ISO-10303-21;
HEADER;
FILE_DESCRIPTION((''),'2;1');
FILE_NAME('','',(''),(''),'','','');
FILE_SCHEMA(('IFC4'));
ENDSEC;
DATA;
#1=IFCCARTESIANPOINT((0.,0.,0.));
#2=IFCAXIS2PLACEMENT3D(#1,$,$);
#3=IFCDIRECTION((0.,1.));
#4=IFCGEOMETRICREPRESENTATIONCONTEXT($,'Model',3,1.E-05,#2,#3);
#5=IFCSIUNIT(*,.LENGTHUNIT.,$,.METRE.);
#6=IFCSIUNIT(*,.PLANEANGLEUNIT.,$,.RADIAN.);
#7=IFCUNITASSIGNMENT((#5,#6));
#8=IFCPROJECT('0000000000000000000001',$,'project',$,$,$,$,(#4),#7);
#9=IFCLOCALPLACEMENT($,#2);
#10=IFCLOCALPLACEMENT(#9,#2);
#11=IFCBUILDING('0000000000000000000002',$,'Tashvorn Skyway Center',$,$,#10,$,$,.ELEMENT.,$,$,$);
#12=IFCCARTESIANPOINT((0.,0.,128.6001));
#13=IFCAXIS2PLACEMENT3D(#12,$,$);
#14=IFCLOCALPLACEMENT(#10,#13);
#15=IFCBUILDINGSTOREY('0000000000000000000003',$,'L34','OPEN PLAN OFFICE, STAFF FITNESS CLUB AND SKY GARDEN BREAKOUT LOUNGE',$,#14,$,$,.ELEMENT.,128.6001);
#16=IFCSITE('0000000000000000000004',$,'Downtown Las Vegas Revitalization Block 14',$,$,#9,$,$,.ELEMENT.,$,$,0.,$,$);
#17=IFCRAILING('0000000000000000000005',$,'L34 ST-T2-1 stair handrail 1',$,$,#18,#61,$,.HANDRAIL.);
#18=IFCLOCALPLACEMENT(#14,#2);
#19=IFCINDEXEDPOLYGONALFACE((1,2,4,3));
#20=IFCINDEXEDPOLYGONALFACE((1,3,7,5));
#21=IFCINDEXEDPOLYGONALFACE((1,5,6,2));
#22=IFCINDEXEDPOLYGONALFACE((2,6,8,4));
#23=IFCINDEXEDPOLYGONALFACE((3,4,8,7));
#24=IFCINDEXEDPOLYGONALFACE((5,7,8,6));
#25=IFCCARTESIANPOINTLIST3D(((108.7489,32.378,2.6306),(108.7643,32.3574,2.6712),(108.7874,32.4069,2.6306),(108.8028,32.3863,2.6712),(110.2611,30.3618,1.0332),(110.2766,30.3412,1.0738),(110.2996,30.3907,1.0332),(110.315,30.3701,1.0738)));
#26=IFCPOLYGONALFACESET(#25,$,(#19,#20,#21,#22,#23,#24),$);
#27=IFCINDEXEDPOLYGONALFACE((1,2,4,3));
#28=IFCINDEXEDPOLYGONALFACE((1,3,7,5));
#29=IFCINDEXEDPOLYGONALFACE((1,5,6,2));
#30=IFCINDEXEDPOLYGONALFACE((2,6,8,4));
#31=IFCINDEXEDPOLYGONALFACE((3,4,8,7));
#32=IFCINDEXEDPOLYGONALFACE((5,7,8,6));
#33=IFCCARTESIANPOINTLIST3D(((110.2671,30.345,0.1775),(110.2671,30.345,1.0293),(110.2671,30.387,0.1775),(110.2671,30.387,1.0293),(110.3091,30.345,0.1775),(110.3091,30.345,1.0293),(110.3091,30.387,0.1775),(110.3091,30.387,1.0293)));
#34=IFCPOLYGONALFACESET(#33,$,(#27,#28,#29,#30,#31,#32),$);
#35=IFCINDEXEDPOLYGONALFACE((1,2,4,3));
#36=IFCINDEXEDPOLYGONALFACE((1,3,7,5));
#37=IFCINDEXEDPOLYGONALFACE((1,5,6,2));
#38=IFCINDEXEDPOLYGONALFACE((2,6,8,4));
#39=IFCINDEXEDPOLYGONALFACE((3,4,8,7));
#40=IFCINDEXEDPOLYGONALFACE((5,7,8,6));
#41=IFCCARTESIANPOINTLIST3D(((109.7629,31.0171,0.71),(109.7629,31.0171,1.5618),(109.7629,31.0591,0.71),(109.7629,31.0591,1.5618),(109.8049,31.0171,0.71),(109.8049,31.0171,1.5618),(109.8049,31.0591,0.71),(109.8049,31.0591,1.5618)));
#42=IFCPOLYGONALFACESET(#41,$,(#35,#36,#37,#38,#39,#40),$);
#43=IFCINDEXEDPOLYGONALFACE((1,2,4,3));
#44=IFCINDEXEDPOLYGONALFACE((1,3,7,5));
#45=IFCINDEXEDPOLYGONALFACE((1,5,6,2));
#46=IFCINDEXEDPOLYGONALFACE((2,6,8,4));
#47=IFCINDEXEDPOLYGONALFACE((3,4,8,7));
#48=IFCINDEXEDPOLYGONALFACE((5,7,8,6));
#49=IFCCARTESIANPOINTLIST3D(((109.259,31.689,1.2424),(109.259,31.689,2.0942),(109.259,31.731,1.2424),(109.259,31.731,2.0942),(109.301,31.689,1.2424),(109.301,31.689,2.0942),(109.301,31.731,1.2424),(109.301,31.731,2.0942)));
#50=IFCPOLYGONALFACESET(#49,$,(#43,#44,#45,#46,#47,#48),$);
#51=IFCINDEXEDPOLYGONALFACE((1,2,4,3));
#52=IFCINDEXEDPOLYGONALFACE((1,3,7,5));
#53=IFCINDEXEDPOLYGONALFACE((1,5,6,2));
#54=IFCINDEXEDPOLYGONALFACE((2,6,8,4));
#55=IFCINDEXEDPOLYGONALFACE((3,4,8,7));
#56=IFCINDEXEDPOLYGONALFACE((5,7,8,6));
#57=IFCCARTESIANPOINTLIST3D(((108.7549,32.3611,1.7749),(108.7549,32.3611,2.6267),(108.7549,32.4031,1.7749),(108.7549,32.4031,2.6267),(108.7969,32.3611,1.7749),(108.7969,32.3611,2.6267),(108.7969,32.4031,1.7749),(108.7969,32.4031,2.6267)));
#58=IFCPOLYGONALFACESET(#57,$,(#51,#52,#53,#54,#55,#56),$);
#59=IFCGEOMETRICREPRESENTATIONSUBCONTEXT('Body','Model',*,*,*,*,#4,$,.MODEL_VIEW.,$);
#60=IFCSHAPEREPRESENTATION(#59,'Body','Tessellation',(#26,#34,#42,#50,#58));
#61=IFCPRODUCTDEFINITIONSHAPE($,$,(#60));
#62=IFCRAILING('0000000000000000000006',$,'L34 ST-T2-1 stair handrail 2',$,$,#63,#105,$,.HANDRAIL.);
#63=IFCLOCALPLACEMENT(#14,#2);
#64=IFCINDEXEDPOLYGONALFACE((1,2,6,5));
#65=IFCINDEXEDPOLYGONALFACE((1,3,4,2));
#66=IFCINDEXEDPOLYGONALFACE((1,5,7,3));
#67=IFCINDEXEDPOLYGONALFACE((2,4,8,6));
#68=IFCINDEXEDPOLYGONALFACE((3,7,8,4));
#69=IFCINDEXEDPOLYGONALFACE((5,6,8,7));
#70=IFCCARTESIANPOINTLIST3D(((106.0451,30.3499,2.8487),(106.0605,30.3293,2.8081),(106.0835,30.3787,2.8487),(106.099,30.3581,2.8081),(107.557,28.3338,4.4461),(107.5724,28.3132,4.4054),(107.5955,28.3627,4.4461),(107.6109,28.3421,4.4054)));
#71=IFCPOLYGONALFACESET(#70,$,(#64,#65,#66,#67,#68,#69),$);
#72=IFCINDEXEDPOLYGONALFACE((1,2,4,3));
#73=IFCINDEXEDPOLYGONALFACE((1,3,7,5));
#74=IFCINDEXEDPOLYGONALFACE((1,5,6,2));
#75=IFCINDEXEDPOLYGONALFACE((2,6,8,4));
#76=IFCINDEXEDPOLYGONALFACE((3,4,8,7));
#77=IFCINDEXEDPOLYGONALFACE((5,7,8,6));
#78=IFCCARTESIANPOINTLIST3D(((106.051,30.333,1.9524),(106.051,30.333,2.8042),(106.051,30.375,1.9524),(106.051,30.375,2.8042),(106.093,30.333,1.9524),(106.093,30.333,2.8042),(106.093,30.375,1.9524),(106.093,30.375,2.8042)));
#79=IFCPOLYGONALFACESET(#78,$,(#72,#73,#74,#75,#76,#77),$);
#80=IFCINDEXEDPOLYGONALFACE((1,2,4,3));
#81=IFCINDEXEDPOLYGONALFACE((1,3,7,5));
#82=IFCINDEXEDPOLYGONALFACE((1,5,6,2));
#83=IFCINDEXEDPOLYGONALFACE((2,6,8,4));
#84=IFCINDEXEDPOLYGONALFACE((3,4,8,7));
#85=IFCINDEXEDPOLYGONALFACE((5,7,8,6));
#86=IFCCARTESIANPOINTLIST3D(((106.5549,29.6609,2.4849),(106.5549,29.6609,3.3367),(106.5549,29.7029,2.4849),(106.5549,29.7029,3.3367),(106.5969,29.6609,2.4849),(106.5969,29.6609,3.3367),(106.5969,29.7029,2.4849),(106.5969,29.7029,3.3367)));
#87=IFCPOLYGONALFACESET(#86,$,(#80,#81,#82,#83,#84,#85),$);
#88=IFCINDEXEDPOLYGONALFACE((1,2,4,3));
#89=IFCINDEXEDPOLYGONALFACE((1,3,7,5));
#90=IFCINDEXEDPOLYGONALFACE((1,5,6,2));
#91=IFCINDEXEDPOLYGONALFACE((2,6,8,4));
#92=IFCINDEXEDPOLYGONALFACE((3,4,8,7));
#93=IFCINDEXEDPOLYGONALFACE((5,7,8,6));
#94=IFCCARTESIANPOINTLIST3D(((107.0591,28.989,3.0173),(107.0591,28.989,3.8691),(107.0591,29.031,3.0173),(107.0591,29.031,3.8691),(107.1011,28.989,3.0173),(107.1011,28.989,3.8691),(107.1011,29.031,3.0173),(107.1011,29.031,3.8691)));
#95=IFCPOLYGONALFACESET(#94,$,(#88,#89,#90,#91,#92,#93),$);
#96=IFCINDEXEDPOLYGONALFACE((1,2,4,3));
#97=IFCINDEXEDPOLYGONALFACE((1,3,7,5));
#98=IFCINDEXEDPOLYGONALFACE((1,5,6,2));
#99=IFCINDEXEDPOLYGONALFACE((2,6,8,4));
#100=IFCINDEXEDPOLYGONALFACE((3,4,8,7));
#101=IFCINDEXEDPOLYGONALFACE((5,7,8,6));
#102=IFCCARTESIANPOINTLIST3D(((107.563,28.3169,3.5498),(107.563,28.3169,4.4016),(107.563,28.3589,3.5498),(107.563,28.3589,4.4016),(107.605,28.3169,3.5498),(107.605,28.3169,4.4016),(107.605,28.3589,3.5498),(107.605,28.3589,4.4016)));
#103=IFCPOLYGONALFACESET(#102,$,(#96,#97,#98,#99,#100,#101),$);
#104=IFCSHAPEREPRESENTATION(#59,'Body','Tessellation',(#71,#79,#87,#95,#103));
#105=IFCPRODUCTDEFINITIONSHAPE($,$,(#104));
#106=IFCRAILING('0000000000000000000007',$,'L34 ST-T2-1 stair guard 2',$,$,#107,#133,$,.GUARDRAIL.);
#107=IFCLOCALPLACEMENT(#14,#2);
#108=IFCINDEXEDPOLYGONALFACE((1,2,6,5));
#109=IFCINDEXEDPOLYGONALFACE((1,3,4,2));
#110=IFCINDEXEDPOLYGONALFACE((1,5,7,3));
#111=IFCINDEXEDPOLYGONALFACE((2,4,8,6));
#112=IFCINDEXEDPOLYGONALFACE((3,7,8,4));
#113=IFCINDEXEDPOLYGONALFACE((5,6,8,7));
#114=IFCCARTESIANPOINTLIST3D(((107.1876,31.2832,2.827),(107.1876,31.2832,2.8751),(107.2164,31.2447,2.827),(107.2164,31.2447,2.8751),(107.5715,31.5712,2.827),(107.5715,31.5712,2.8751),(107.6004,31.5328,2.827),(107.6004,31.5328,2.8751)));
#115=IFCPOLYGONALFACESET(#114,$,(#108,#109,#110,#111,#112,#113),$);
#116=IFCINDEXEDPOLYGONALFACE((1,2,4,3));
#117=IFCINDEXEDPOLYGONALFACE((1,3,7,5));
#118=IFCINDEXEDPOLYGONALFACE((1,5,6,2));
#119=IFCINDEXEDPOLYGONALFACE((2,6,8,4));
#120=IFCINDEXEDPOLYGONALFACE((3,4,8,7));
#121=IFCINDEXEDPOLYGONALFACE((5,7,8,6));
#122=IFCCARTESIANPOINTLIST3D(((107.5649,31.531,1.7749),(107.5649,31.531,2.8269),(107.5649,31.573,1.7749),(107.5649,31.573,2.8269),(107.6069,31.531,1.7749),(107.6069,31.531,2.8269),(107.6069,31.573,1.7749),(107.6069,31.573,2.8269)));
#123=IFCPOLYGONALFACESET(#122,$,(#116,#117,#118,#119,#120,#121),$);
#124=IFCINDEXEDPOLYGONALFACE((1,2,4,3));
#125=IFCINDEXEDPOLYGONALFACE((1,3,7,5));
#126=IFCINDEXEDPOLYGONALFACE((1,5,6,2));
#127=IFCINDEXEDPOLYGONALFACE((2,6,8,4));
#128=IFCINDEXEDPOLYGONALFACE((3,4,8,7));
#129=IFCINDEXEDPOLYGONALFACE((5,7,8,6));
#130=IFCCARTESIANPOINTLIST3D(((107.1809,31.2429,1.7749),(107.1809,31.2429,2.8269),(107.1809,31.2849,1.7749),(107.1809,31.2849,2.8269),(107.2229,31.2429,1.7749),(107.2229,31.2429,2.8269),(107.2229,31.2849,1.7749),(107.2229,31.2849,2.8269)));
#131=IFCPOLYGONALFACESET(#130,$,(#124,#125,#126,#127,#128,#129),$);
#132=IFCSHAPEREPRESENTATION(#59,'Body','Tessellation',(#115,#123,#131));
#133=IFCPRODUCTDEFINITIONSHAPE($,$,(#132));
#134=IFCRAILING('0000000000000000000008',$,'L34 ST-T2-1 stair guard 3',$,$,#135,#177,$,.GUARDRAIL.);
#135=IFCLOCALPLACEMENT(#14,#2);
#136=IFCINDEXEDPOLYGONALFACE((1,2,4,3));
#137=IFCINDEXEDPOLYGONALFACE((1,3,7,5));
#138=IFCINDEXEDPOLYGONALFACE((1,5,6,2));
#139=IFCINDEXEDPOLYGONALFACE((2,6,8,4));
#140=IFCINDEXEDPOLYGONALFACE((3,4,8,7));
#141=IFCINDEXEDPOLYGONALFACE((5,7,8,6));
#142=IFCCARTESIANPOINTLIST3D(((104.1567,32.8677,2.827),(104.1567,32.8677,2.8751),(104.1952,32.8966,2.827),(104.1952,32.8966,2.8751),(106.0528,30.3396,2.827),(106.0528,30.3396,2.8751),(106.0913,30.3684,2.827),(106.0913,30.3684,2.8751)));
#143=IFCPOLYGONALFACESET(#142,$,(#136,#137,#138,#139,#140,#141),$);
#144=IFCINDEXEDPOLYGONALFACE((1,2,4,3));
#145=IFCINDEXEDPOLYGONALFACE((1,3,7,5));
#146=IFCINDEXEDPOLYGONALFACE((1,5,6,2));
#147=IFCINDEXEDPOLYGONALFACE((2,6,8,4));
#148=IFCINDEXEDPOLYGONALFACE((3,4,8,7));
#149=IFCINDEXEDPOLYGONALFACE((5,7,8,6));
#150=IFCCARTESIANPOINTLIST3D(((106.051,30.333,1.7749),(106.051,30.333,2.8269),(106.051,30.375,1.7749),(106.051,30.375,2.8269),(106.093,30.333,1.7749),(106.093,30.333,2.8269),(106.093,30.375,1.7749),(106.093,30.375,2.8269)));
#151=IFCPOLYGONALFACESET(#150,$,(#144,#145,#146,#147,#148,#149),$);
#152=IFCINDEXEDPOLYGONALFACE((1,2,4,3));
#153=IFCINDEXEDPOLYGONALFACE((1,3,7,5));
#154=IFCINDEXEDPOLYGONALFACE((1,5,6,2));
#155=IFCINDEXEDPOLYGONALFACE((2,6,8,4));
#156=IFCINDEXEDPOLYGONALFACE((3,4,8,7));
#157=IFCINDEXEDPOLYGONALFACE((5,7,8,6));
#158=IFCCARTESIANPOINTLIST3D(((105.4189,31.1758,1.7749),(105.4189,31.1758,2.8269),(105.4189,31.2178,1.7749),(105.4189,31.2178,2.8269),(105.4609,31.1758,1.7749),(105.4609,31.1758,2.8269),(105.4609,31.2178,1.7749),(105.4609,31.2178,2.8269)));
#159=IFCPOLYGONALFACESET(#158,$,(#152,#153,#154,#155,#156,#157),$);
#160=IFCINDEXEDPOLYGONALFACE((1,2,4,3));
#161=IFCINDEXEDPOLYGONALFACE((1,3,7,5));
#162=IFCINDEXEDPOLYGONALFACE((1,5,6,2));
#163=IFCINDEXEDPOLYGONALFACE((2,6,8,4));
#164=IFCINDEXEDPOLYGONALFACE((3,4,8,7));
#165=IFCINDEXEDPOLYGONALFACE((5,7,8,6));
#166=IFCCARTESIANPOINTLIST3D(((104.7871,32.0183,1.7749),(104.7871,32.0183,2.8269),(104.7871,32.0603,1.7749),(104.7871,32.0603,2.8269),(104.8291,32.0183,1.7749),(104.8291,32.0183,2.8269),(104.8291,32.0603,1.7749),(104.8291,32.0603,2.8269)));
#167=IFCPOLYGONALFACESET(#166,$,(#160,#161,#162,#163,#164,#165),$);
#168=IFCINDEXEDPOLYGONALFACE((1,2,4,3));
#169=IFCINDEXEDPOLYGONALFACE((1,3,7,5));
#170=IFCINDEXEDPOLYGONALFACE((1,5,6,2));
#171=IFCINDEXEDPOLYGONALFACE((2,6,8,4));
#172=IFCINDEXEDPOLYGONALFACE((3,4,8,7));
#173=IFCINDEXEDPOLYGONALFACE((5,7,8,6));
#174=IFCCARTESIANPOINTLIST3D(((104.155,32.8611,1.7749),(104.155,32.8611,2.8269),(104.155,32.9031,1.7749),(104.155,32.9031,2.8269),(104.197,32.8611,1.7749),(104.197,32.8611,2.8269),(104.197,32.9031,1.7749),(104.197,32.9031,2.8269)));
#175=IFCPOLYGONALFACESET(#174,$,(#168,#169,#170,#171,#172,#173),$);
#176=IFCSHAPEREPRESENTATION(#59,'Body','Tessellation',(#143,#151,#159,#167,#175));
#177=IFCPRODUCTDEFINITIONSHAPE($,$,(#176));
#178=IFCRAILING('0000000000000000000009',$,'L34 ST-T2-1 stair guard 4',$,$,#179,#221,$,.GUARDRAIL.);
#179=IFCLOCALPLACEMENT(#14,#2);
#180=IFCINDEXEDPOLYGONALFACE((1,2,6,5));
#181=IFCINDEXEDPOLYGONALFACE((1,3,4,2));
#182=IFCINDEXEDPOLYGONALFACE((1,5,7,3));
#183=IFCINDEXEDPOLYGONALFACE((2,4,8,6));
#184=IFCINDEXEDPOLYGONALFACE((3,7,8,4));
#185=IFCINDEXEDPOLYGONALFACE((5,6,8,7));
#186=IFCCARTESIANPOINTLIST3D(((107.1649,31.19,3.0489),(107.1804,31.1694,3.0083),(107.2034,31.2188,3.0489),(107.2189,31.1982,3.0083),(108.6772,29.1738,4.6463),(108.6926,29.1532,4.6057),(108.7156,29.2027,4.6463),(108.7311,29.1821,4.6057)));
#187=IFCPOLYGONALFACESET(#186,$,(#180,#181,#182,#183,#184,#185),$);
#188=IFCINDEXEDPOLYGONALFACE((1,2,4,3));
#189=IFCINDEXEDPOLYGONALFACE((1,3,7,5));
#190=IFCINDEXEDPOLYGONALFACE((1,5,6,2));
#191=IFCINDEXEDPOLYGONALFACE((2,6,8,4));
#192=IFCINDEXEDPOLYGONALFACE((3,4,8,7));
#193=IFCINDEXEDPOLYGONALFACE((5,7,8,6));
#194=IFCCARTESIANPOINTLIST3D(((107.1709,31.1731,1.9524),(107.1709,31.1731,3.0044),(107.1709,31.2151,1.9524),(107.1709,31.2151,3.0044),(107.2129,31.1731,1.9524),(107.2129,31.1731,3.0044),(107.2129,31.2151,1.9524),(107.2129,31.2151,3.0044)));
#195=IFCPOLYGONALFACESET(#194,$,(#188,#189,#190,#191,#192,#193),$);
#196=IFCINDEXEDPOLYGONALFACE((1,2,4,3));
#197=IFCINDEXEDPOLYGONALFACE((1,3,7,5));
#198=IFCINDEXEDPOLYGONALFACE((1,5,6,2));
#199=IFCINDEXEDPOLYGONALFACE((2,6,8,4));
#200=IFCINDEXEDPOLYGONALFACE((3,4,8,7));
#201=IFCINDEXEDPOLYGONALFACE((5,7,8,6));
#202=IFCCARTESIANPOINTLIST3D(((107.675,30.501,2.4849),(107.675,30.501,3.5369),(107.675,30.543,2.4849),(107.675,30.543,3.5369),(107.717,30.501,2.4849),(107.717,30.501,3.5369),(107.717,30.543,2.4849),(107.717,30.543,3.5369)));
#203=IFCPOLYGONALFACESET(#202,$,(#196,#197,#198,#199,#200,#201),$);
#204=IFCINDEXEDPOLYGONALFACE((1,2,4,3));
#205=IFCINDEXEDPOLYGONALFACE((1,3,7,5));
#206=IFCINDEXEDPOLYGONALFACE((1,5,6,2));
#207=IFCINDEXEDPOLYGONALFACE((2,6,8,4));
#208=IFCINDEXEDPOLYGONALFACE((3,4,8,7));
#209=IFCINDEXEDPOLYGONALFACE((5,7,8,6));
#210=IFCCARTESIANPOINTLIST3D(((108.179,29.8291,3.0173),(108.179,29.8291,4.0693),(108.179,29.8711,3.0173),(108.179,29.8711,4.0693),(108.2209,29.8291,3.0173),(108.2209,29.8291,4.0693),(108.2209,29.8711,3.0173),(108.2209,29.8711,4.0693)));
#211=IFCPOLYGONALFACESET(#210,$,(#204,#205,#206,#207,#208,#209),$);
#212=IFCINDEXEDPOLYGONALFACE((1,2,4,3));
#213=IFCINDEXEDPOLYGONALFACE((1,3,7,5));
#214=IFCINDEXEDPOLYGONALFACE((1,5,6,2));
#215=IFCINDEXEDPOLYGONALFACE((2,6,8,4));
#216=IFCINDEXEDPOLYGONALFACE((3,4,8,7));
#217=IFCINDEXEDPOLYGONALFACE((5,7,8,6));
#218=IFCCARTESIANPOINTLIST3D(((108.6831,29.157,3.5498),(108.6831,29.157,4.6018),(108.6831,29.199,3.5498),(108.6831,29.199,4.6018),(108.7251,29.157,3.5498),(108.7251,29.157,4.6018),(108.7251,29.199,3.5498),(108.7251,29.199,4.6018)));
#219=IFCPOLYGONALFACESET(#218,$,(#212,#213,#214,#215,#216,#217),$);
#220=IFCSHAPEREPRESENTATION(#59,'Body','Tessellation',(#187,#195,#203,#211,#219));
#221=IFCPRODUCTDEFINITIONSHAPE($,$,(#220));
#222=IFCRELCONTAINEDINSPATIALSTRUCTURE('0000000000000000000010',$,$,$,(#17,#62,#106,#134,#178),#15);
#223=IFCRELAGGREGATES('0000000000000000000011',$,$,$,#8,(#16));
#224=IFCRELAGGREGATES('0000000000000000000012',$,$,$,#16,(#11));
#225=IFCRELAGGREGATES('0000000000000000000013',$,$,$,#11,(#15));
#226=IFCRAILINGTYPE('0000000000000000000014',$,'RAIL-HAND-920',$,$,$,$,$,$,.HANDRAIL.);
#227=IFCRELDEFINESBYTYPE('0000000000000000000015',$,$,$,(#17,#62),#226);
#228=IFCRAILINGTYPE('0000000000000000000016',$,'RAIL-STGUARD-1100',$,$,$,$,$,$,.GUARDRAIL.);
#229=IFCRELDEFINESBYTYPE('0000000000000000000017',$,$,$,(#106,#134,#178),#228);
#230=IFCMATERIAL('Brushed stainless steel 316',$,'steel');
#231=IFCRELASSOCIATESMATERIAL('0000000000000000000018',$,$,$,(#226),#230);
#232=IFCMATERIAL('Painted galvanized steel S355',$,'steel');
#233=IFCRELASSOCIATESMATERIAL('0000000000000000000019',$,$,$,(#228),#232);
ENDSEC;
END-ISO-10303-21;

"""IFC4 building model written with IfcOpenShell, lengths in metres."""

from ifc_helpers import new_model, si_unit, direction, frame, origin, origin_2d, place, context, subcontext, project, spatial, rectangle, extrude, material, type_object, element, save


model = new_model("IFC4")

# Units and contexts
model_context = context("Model", 3, precision=1e-05, world=origin(), true_north=direction((0.0, 1.0)))
body_context = subcontext(model_context, "Body", "Model", "MODEL_VIEW")
ifc_project = project(units=[si_unit("LENGTHUNIT", "METRE"), si_unit("PLANEANGLEUNIT", "RADIAN")], contexts=[model_context])

# Site, building, storey
site_placement = place(None, origin())
site = spatial("IfcSite", under=ifc_project, at=site_placement, Name="Downtown Las Vegas Revitalization Block 14", CompositionType="ELEMENT", RefElevation=0.0)
building_placement = place(site_placement, origin())
building = spatial("IfcBuilding", under=site, at=building_placement, Name="Tashvorn Skyway Center", CompositionType="ELEMENT")
storey_placement = place(building_placement, frame((0.0, 0.0, 128.6001)))
storey = spatial("IfcBuildingStorey", under=building, at=storey_placement, Name="L34", Description="OPEN PLAN OFFICE, STAFF FITNESS CLUB AND SKY GARDEN BREAKOUT LOUNGE", CompositionType="ELEMENT", Elevation=128.6001)

# Railings
ifc_material_1 = material(Name="Brushed stainless steel 316", Category="steel")
railing_type_1 = type_object("IfcRailingType", Name="RAIL-HAND-920", PredefinedType="HANDRAIL", material=ifc_material_1)
railing_1_placement = place(storey_placement, frame((110.2881, 30.366, 0.1775)))
element("IfcRailing", 1, at=railing_1_placement, inside=storey, type_object=railing_type_1, Name="L34 ST-T2-1 stair handrail 1", PredefinedType="HANDRAIL", context=body_context, shape_type="SweptSolid", body=[
    extrude(rectangle(XDim=0.0481, YDim=0.0481, at=origin_2d()), frame((0.0, 0.0, 0.876), z_axis=(-0.506802, 0.675681, 0.535357), x_axis=(-0.799977, -0.600031, 0.0)), (0.0, 0.0, 1.0), 2.9839),
    extrude(rectangle(XDim=0.042, YDim=0.042, at=origin_2d()), origin(), (0.0, 0.0, 1.0), 0.8518),
    extrude(rectangle(XDim=0.042, YDim=0.042, at=origin_2d()), frame((-0.5042, 0.6721, 0.5325)), (0.0, 0.0, 1.0), 0.8518),
    extrude(rectangle(XDim=0.042, YDim=0.042, at=origin_2d()), frame((-1.0081, 1.344, 1.0649)), (0.0, 0.0, 1.0), 0.8518),
    extrude(rectangle(XDim=0.042, YDim=0.042, at=origin_2d()), frame((-1.5122, 2.0161, 1.5974)), (0.0, 0.0, 1.0), 0.8518),
])
railing_2_placement = place(storey_placement, frame((106.072, 30.354, 1.9524)))
element("IfcRailing", 2, at=railing_2_placement, inside=storey, type_object=railing_type_1, Name="L34 ST-T2-1 stair handrail 2", PredefinedType="HANDRAIL", context=body_context, shape_type="SweptSolid", body=[
    extrude(rectangle(XDim=0.0481, YDim=0.0481, at=origin_2d()), frame((0.0, 0.0, 0.876), z_axis=(0.506741, -0.675709, 0.535379), x_axis=(0.800023, 0.599969, 0.0)), (0.0, 0.0, 1.0), 2.9836),
    extrude(rectangle(XDim=0.042, YDim=0.042, at=origin_2d()), origin(), (0.0, 0.0, 1.0), 0.8518),
    extrude(rectangle(XDim=0.042, YDim=0.042, at=origin_2d()), frame((0.5039, -0.6721, 0.5325)), (0.0, 0.0, 1.0), 0.8518),
    extrude(rectangle(XDim=0.042, YDim=0.042, at=origin_2d()), frame((1.0081, -1.344, 1.0649)), (0.0, 0.0, 1.0), 0.8518),
    extrude(rectangle(XDim=0.042, YDim=0.042, at=origin_2d()), frame((1.512, -2.0161, 1.5974)), (0.0, 0.0, 1.0), 0.8518),
])
ifc_material_2 = material(Name="Painted galvanized steel S355", Category="steel")
railing_type_2 = type_object("IfcRailingType", Name="RAIL-STGUARD-1100", PredefinedType="GUARDRAIL", material=ifc_material_2)
railing_3_placement = place(storey_placement, frame((107.5859, 31.552, 1.7749)))
element("IfcRailing", 3, at=railing_3_placement, inside=storey, type_object=railing_type_2, Name="L34 ST-T2-1 stair guard 2", PredefinedType="GUARDRAIL", context=body_context, shape_type="SweptSolid", body=[
    extrude(rectangle(XDim=0.0481, YDim=0.0481, at=origin_2d()), frame((0.0, 0.0, 1.0762), z_axis=(-0.799939, -0.600081, 0.0), x_axis=(0.600081, -0.799939, 0.0)), (0.0, 0.0, 1.0), 0.48),
    extrude(rectangle(XDim=0.042, YDim=0.042, at=origin_2d()), origin(), (0.0, 0.0, 1.0), 1.052),
    extrude(rectangle(XDim=0.042, YDim=0.042, at=origin_2d()), frame((-0.384, -0.2881, 0.0)), (0.0, 0.0, 1.0), 1.052),
])
railing_4_placement = place(storey_placement, frame((106.072, 30.354, 1.7749)))
element("IfcRailing", 4, at=railing_4_placement, inside=storey, type_object=railing_type_2, Name="L34 ST-T2-1 stair guard 3", PredefinedType="GUARDRAIL", context=body_context, shape_type="SweptSolid", body=[
    extrude(rectangle(XDim=0.0481, YDim=0.0481, at=origin_2d()), frame((0.0, 0.0, 1.0762), z_axis=(-0.599988, 0.800009, 0.0), x_axis=(-0.800009, -0.599988, 0.0)), (0.0, 0.0, 1.0), 3.1602),
    extrude(rectangle(XDim=0.042, YDim=0.042, at=origin_2d()), origin(), (0.0, 0.0, 1.0), 1.052),
    extrude(rectangle(XDim=0.042, YDim=0.042, at=origin_2d()), frame((-0.6321, 0.8428, 0.0)), (0.0, 0.0, 1.0), 1.052),
    extrude(rectangle(XDim=0.042, YDim=0.042, at=origin_2d()), frame((-1.2639, 1.6853, 0.0)), (0.0, 0.0, 1.0), 1.052),
    extrude(rectangle(XDim=0.042, YDim=0.042, at=origin_2d()), frame((-1.896, 2.5281, 0.0)), (0.0, 0.0, 1.0), 1.052),
])
railing_5_placement = place(storey_placement, frame((107.1919, 31.1941, 1.9524)))
element("IfcRailing", 5, at=railing_5_placement, inside=storey, type_object=railing_type_2, Name="L34 ST-T2-1 stair guard 4", PredefinedType="GUARDRAIL", context=body_context, shape_type="SweptSolid", body=[
    extrude(rectangle(XDim=0.0481, YDim=0.0481, at=origin_2d()), frame((0.0, 0.0, 1.0762), z_axis=(0.506802, -0.675681, 0.535357), x_axis=(0.799977, 0.600031, 0.0)), (0.0, 0.0, 1.0), 2.9839),
    extrude(rectangle(XDim=0.042, YDim=0.042, at=origin_2d()), origin(), (0.0, 0.0, 1.0), 1.052),
    extrude(rectangle(XDim=0.042, YDim=0.042, at=origin_2d()), frame((0.5042, -0.6721, 0.5325)), (0.0, 0.0, 1.0), 1.052),
    extrude(rectangle(XDim=0.042, YDim=0.042, at=origin_2d()), frame((1.0081, -1.344, 1.0649)), (0.0, 0.0, 1.0), 1.052),
    extrude(rectangle(XDim=0.042, YDim=0.042, at=origin_2d()), frame((1.5122, -2.0161, 1.5974)), (0.0, 0.0, 1.0), 1.052),
])

save(model, "model.ifc")
